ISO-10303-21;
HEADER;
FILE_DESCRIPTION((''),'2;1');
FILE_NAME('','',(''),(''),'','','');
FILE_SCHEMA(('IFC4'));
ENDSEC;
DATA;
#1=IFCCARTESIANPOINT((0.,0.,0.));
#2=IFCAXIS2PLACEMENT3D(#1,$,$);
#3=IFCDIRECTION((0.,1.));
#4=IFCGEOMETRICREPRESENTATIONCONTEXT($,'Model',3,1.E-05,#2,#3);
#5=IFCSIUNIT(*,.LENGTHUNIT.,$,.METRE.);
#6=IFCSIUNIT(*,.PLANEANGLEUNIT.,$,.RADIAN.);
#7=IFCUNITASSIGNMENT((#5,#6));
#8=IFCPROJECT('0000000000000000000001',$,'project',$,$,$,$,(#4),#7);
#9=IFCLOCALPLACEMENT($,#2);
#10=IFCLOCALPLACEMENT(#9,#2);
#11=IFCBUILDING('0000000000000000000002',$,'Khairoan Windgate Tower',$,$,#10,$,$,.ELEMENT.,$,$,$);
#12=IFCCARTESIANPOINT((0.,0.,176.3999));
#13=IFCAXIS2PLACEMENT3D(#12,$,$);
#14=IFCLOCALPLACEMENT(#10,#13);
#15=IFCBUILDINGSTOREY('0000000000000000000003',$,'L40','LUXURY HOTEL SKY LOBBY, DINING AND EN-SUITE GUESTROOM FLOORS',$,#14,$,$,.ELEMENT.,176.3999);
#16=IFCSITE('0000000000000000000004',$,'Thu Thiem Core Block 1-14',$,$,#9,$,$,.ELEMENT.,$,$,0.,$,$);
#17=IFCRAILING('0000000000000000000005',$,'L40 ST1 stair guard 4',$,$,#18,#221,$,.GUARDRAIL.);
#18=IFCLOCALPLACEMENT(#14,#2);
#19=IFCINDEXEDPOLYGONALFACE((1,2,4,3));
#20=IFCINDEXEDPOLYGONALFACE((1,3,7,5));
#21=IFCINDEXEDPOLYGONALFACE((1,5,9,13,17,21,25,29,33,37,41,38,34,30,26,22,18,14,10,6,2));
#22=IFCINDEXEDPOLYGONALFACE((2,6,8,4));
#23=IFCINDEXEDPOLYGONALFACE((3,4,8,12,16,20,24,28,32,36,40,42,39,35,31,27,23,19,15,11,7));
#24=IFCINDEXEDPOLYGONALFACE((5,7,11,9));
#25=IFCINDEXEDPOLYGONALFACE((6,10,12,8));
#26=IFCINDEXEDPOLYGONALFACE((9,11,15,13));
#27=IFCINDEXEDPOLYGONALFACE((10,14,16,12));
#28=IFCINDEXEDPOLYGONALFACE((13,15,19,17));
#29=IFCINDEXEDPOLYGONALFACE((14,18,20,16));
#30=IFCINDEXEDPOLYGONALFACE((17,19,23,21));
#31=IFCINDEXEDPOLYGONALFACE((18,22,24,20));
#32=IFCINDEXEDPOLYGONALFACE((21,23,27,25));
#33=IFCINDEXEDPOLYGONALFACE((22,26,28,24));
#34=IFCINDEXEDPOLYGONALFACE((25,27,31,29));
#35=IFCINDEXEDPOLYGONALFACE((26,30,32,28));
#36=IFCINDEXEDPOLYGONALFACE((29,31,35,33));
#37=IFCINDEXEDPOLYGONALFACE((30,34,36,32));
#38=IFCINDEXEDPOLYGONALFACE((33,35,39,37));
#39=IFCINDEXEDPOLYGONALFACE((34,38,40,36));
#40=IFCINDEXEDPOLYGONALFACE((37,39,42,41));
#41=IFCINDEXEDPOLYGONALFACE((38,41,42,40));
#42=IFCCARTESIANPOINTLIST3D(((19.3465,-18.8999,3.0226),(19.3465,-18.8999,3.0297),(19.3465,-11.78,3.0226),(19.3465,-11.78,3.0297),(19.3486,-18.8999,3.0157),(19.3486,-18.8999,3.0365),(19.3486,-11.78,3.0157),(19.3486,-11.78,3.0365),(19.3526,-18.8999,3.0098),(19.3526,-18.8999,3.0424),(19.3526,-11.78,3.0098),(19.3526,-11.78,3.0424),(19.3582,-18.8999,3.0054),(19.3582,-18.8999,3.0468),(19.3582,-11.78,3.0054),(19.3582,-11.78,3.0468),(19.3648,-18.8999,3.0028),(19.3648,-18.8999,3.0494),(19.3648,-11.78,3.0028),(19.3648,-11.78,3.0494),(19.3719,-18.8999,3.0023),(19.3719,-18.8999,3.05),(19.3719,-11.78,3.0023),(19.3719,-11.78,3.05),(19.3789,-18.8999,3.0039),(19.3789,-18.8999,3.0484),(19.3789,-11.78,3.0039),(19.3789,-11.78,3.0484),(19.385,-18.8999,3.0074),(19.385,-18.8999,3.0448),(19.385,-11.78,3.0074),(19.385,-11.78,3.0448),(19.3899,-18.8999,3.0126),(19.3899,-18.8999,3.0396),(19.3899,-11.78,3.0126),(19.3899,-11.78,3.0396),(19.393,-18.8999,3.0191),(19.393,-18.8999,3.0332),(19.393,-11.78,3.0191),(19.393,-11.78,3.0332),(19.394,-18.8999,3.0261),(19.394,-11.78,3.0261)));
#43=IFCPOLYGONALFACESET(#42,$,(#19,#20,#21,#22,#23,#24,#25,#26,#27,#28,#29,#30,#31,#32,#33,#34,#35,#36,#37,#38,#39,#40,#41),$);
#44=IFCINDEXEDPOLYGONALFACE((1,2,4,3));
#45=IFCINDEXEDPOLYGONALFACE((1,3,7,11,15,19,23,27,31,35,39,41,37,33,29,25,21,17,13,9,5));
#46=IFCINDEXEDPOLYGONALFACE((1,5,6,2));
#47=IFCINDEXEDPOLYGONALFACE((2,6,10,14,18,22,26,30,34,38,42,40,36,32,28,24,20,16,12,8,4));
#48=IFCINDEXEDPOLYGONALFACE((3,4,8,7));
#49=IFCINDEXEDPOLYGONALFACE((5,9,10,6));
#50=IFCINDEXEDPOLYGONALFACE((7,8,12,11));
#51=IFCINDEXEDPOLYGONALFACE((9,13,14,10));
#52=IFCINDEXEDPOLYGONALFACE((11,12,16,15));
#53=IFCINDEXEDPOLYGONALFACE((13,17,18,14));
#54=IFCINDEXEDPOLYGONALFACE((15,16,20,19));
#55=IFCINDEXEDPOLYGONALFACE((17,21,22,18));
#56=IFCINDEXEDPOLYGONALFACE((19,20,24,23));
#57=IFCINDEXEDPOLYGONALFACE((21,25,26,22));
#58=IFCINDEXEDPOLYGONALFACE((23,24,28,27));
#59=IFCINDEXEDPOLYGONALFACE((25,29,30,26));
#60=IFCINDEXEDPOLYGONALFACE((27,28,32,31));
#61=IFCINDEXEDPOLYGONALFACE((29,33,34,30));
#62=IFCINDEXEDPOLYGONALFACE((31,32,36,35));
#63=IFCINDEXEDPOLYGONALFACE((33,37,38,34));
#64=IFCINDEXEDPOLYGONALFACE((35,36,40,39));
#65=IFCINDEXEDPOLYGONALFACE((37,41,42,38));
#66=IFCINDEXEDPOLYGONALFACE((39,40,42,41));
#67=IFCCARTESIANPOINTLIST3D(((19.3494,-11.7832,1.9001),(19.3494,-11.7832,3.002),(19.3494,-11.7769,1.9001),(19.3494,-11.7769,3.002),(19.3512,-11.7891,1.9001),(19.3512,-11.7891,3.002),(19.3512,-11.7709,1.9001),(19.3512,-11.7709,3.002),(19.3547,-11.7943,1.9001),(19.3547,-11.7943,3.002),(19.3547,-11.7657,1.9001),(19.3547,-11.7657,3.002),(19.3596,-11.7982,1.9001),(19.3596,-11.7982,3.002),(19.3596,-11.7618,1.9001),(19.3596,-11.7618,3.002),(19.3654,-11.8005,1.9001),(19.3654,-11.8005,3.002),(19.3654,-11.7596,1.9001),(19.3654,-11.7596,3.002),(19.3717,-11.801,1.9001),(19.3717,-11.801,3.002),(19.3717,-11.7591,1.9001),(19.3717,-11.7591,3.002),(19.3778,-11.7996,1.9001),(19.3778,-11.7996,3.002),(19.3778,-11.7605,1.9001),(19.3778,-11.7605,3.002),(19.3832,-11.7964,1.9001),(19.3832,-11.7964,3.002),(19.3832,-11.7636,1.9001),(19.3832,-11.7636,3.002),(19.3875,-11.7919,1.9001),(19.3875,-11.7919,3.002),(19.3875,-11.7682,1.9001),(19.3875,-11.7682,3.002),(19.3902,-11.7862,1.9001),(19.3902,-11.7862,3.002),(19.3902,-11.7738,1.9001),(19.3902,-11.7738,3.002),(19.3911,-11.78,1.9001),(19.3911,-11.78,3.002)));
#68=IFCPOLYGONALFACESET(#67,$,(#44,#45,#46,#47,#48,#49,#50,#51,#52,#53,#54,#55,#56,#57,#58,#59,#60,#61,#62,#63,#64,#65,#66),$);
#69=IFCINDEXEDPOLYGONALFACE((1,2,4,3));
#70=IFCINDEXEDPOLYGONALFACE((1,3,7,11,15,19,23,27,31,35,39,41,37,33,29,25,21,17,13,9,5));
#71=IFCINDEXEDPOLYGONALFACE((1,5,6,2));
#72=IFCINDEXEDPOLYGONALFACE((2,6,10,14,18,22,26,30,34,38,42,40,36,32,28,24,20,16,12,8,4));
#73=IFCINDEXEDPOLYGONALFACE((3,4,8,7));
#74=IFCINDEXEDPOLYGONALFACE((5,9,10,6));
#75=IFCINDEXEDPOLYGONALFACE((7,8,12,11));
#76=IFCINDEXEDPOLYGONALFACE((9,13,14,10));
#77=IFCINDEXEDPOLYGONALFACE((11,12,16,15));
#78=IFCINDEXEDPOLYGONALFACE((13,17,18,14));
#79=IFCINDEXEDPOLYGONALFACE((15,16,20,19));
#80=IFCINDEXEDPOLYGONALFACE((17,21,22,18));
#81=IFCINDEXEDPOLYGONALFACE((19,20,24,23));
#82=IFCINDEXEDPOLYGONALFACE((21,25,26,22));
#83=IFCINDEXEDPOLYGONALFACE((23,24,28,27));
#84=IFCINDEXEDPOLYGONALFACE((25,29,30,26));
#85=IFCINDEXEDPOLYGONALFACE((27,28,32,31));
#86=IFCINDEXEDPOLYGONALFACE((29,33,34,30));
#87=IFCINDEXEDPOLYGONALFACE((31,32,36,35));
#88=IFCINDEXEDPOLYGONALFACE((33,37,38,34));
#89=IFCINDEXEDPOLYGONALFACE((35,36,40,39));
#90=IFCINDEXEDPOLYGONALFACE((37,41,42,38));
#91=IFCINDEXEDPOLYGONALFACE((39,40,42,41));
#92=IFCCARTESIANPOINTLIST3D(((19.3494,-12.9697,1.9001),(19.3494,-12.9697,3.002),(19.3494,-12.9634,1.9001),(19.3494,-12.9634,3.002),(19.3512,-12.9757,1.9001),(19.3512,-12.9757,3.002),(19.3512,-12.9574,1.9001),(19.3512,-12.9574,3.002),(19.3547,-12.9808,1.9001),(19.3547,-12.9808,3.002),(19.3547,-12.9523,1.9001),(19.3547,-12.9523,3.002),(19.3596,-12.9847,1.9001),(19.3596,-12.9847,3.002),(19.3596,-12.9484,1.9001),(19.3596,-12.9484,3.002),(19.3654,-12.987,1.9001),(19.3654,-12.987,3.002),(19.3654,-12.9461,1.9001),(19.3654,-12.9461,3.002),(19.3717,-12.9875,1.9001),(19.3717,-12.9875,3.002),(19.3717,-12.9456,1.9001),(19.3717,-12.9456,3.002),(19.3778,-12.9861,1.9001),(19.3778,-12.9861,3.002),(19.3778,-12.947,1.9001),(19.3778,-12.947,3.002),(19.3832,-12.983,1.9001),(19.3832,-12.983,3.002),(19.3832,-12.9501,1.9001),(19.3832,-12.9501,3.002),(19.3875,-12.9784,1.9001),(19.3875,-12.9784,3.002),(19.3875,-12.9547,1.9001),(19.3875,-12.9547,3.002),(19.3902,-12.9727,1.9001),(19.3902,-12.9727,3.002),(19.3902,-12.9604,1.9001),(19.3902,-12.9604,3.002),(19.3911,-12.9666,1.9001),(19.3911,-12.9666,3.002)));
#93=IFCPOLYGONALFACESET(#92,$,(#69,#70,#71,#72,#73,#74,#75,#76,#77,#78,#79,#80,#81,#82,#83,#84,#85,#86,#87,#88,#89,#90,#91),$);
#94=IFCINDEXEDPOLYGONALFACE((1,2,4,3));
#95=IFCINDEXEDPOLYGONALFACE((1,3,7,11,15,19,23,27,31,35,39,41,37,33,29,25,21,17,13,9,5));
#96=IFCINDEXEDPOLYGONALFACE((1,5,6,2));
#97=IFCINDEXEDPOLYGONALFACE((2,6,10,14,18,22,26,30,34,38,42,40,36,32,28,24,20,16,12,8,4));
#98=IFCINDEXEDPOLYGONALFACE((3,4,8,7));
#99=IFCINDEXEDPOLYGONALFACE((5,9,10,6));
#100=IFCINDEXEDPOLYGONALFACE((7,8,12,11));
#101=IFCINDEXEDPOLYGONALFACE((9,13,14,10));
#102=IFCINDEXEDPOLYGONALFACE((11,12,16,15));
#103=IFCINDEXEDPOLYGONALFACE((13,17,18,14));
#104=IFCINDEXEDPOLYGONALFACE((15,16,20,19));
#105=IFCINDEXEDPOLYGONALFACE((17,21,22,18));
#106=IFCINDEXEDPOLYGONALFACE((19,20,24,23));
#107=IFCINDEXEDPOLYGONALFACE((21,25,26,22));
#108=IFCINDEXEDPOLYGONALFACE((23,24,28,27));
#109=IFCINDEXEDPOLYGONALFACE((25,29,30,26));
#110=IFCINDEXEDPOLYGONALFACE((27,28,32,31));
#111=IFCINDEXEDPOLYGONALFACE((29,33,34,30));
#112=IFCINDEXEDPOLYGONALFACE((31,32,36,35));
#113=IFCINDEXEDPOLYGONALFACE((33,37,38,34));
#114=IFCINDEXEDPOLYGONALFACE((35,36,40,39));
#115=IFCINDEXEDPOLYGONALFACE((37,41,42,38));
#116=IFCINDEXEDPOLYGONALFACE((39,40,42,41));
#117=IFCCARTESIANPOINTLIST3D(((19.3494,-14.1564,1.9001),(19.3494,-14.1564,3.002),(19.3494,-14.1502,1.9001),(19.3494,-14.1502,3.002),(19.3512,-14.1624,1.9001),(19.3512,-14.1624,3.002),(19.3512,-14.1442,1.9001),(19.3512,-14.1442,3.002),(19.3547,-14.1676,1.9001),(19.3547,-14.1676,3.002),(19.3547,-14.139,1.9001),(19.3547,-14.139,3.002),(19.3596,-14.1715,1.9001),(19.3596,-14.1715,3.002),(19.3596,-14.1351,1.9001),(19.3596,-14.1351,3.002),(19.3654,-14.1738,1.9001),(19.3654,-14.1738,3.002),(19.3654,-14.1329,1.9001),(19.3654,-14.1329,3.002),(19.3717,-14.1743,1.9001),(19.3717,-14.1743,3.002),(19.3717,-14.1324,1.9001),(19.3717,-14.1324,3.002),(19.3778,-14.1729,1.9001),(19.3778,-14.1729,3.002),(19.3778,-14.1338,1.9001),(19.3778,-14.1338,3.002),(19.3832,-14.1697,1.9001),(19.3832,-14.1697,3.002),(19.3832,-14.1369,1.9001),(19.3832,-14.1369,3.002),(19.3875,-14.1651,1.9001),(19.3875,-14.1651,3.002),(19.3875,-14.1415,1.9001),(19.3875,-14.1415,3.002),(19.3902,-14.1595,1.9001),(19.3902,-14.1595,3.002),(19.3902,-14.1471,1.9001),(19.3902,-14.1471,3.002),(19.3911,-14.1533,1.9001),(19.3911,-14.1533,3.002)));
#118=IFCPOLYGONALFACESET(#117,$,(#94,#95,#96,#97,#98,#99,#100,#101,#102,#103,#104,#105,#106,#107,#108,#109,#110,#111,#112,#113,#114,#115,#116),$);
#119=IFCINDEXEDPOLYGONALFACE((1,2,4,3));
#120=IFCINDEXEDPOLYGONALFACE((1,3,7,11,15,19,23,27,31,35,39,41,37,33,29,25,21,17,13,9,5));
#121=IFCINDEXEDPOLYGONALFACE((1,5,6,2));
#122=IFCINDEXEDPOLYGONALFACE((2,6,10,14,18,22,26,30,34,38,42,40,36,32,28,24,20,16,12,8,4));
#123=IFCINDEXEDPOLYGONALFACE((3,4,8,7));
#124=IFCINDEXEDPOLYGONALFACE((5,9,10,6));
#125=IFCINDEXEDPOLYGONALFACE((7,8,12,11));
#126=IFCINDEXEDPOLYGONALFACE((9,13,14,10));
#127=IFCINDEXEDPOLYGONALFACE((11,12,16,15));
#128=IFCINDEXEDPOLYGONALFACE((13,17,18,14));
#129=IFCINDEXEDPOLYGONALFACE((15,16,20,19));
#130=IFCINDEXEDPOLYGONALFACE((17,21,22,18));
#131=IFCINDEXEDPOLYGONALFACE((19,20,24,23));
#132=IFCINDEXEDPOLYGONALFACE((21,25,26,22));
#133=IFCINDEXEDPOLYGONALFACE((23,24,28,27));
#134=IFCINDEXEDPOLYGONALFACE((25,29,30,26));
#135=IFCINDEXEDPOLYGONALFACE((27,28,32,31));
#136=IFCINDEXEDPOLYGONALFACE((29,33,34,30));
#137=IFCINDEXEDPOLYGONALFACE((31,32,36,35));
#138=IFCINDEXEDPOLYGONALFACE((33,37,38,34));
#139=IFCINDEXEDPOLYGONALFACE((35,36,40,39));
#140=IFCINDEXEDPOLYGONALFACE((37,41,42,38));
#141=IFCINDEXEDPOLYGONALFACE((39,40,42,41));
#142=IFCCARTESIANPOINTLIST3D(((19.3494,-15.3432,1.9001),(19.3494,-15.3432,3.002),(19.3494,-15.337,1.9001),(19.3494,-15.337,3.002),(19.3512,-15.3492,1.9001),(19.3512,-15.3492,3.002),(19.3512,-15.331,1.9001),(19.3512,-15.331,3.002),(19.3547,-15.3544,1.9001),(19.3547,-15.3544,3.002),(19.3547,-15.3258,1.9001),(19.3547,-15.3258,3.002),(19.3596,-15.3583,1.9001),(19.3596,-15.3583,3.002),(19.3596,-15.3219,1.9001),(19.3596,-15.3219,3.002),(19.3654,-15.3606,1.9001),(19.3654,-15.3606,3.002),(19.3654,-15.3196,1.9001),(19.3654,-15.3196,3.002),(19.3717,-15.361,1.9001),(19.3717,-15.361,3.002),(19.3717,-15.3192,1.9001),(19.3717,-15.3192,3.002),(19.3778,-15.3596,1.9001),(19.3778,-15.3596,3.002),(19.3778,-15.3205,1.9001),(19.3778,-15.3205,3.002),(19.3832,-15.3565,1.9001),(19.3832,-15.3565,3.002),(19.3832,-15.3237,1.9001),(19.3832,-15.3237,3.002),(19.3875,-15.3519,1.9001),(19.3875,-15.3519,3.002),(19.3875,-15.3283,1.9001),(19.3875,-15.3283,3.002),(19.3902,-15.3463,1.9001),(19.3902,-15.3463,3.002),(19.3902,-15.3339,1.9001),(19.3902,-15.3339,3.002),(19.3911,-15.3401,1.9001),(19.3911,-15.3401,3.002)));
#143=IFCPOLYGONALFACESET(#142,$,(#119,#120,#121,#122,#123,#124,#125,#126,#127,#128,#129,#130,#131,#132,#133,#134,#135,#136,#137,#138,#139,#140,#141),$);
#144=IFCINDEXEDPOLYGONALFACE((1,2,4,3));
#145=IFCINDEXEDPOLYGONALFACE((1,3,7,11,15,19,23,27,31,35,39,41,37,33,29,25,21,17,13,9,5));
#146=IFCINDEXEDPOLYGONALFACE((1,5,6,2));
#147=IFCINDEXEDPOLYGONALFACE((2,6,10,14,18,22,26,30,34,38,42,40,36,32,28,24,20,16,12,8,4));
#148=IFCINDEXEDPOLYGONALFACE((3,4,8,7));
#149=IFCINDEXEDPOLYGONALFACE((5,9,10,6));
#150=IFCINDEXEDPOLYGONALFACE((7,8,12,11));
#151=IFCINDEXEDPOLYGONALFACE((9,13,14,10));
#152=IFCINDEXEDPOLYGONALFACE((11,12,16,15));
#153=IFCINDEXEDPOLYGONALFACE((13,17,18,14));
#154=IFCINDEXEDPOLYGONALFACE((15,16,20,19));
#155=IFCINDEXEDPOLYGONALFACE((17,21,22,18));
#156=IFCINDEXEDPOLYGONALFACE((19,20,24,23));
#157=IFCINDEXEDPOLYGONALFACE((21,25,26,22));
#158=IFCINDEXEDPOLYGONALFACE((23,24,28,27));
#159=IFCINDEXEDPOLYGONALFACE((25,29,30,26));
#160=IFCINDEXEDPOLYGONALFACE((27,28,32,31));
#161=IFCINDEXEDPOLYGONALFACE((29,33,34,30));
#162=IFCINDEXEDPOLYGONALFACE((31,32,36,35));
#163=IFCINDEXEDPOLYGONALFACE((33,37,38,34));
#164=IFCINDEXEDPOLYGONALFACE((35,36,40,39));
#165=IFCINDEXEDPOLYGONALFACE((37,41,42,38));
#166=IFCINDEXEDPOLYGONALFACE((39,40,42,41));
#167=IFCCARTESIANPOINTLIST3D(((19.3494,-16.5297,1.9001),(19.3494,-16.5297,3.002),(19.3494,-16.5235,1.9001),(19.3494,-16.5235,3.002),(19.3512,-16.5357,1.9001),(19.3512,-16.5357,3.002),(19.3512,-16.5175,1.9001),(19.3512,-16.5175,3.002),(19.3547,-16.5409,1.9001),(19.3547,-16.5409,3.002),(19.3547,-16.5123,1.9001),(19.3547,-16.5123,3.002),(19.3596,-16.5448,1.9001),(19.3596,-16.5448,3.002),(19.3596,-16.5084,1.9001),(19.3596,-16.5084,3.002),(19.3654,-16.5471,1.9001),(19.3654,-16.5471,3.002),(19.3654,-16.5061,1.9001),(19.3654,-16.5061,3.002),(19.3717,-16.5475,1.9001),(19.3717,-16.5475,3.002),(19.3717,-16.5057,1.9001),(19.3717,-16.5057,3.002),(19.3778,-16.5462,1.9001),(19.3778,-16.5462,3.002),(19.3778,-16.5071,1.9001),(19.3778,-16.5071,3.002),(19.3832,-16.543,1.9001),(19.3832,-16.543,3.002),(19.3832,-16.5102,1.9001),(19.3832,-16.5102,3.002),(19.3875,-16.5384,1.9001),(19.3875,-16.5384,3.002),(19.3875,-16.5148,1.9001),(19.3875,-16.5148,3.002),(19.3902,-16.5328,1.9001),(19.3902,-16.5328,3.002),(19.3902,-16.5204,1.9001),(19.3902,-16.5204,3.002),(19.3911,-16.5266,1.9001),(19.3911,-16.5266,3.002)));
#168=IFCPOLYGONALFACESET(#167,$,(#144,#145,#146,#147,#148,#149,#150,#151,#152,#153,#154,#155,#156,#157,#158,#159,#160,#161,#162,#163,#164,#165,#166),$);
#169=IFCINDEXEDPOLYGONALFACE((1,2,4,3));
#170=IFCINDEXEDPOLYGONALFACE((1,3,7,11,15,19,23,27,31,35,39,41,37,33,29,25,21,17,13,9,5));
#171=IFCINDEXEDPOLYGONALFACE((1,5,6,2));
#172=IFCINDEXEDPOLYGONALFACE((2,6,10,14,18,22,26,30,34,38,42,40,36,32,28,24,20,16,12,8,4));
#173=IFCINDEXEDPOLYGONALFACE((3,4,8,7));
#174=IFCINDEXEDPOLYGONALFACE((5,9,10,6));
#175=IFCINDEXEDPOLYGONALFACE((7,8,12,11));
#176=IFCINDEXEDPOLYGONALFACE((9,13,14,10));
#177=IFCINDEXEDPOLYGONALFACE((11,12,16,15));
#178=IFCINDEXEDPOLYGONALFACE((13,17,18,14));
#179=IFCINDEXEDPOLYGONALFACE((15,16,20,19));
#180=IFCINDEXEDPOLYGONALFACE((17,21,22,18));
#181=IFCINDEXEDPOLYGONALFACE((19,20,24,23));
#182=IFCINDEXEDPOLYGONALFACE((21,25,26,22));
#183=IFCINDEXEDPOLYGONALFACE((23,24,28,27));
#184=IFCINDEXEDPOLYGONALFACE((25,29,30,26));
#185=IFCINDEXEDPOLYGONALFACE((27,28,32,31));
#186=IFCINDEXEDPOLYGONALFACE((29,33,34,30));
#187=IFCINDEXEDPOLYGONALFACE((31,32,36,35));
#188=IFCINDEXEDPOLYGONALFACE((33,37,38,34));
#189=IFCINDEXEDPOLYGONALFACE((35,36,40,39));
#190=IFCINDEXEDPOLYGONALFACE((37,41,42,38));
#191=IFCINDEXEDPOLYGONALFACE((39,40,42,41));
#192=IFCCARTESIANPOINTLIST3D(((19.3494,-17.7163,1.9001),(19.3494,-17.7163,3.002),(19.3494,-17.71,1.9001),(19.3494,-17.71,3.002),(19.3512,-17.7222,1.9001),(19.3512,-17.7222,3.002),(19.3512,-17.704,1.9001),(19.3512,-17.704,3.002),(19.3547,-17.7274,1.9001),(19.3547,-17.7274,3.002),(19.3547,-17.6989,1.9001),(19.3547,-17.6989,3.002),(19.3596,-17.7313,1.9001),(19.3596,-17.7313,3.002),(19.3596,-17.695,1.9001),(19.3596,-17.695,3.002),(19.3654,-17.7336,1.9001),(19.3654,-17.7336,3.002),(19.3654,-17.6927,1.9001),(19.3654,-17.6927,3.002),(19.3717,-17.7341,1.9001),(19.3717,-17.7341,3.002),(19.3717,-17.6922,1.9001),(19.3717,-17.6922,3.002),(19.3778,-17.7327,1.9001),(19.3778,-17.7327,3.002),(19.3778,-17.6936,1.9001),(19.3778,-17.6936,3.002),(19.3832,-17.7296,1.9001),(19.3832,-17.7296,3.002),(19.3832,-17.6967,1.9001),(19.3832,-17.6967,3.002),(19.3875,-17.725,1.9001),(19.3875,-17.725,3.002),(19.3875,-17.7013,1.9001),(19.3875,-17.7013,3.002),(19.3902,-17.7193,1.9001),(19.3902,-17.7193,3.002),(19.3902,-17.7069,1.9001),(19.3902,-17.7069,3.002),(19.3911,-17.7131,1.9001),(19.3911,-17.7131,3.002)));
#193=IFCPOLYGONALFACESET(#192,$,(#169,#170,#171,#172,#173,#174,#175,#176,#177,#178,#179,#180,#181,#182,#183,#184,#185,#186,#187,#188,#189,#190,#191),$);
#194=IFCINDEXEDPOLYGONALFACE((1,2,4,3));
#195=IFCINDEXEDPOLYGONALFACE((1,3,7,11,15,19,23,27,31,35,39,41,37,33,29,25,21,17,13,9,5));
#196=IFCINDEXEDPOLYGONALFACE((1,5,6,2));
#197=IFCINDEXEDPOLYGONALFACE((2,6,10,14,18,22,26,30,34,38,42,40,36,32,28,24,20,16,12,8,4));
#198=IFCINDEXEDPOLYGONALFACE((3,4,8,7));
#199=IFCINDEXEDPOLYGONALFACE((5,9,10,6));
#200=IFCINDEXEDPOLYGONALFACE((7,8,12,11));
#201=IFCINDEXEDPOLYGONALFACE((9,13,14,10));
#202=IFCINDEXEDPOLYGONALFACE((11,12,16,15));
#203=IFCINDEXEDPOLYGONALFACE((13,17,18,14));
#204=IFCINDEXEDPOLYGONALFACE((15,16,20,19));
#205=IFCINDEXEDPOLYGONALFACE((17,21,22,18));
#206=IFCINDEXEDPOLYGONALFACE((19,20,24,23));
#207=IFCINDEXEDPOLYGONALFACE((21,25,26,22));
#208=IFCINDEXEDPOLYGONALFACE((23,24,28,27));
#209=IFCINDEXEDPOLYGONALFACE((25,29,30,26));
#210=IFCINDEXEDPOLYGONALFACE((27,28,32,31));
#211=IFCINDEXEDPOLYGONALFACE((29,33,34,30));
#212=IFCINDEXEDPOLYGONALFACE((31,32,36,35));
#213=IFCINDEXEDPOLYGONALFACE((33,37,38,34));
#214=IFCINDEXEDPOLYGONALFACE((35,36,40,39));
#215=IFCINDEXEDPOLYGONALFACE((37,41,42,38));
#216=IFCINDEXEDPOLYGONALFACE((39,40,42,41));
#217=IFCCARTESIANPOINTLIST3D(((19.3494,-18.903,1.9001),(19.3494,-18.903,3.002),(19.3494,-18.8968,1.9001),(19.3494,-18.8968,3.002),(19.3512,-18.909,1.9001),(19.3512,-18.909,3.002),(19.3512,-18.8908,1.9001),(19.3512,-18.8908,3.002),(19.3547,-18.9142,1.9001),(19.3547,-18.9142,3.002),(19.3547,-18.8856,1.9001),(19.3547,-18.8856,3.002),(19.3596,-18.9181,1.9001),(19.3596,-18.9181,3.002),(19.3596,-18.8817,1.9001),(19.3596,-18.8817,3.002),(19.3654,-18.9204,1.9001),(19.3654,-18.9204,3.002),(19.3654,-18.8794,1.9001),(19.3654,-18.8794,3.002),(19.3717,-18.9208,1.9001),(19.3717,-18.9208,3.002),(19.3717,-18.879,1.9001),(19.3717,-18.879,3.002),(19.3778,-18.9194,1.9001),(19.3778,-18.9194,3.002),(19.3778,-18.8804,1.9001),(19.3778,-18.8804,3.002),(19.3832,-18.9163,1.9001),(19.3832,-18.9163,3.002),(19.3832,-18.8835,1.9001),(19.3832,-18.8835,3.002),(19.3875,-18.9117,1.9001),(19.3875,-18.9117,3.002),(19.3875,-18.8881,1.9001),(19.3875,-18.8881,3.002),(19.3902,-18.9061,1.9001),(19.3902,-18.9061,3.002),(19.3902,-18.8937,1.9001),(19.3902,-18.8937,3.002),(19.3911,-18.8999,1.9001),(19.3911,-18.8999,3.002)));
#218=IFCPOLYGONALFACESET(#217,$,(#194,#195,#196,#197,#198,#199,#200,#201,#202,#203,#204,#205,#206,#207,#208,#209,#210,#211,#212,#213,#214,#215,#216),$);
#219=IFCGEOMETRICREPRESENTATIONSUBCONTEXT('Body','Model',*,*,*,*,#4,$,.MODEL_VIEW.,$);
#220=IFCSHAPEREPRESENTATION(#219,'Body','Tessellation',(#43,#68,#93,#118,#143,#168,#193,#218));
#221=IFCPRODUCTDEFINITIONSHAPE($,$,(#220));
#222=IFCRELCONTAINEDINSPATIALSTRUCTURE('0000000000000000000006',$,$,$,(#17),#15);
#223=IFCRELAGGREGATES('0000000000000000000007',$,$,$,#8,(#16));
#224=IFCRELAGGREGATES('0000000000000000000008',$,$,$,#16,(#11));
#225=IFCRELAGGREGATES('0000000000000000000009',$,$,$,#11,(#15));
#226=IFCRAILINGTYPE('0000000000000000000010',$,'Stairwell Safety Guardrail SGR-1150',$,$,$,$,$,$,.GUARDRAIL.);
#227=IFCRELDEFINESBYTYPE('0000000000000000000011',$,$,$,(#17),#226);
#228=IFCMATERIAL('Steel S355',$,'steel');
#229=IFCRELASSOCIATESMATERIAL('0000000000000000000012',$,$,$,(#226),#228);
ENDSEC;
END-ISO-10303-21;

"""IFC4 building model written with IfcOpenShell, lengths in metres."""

from ifc_helpers import new_model, si_unit, direction, frame, origin, origin_2d, place, context, subcontext, project, spatial, circle, extrude, material, type_object, element, save


model = new_model("IFC4")

# Units and contexts
model_context = context("Model", 3, precision=1e-05, world=origin(), true_north=direction((0.0, 1.0)))
body_context = subcontext(model_context, "Body", "Model", "MODEL_VIEW")
ifc_project = project(units=[si_unit("LENGTHUNIT", "METRE"), si_unit("PLANEANGLEUNIT", "RADIAN")], contexts=[model_context])

# Site, building, storey
site_placement = place(None, origin())
site = spatial("IfcSite", under=ifc_project, at=site_placement, Name="Thu Thiem Core Block 1-14", CompositionType="ELEMENT", RefElevation=0.0)
building_placement = place(site_placement, origin())
building = spatial("IfcBuilding", under=site, at=building_placement, Name="Khairoan Windgate Tower", CompositionType="ELEMENT")
storey_placement = place(building_placement, frame((0.0, 0.0, 176.3999)))
storey = spatial("IfcBuildingStorey", under=building, at=storey_placement, Name="L40", Description="LUXURY HOTEL SKY LOBBY, DINING AND EN-SUITE GUESTROOM FLOORS", CompositionType="ELEMENT", Elevation=176.3999)

# Railing
ifc_material_1 = material(Name="Steel S355", Category="steel")
railing_type_1 = type_object("IfcRailingType", Name="Stairwell Safety Guardrail SGR-1150", PredefinedType="GUARDRAIL", material=ifc_material_1)
railing_1_placement = place(storey_placement, frame((19.3701, -11.78, 1.9001)))
element("IfcRailing", 1, at=railing_1_placement, inside=storey, type_object=railing_type_1, Name="L40 ST1 stair guard 4", PredefinedType="GUARDRAIL", context=body_context, shape_type="SweptSolid", body=[
    extrude(circle(Radius=0.0239, at=origin_2d()), frame((0.0, 0.0, 1.126), z_axis=(0.0, -1.0, 0.0), x_axis=(1.0, 0.0, 0.0)), (0.0, 0.0, 1.0), 7.1199),
    extrude(circle(Radius=0.021, at=origin_2d()), origin(), (0.0, 0.0, 1.0), 1.1018),
    extrude(circle(Radius=0.021, at=origin_2d()), frame((0.0, -1.1865, 0.0)), (0.0, 0.0, 1.0), 1.1018),
    extrude(circle(Radius=0.021, at=origin_2d()), frame((0.0, -2.3733, 0.0)), (0.0, 0.0, 1.0), 1.1018),
    extrude(circle(Radius=0.021, at=origin_2d()), frame((0.0, -3.5601, 0.0)), (0.0, 0.0, 1.0), 1.1018),
    extrude(circle(Radius=0.021, at=origin_2d()), frame((0.0, -4.7466, 0.0)), (0.0, 0.0, 1.0), 1.1018),
    extrude(circle(Radius=0.021, at=origin_2d()), frame((0.0, -5.9331, 0.0)), (0.0, 0.0, 1.0), 1.1018),
    extrude(circle(Radius=0.021, at=origin_2d()), frame((0.0, -7.1199, 0.0)), (0.0, 0.0, 1.0), 1.1018),
])

save(model, "model.ifc")
